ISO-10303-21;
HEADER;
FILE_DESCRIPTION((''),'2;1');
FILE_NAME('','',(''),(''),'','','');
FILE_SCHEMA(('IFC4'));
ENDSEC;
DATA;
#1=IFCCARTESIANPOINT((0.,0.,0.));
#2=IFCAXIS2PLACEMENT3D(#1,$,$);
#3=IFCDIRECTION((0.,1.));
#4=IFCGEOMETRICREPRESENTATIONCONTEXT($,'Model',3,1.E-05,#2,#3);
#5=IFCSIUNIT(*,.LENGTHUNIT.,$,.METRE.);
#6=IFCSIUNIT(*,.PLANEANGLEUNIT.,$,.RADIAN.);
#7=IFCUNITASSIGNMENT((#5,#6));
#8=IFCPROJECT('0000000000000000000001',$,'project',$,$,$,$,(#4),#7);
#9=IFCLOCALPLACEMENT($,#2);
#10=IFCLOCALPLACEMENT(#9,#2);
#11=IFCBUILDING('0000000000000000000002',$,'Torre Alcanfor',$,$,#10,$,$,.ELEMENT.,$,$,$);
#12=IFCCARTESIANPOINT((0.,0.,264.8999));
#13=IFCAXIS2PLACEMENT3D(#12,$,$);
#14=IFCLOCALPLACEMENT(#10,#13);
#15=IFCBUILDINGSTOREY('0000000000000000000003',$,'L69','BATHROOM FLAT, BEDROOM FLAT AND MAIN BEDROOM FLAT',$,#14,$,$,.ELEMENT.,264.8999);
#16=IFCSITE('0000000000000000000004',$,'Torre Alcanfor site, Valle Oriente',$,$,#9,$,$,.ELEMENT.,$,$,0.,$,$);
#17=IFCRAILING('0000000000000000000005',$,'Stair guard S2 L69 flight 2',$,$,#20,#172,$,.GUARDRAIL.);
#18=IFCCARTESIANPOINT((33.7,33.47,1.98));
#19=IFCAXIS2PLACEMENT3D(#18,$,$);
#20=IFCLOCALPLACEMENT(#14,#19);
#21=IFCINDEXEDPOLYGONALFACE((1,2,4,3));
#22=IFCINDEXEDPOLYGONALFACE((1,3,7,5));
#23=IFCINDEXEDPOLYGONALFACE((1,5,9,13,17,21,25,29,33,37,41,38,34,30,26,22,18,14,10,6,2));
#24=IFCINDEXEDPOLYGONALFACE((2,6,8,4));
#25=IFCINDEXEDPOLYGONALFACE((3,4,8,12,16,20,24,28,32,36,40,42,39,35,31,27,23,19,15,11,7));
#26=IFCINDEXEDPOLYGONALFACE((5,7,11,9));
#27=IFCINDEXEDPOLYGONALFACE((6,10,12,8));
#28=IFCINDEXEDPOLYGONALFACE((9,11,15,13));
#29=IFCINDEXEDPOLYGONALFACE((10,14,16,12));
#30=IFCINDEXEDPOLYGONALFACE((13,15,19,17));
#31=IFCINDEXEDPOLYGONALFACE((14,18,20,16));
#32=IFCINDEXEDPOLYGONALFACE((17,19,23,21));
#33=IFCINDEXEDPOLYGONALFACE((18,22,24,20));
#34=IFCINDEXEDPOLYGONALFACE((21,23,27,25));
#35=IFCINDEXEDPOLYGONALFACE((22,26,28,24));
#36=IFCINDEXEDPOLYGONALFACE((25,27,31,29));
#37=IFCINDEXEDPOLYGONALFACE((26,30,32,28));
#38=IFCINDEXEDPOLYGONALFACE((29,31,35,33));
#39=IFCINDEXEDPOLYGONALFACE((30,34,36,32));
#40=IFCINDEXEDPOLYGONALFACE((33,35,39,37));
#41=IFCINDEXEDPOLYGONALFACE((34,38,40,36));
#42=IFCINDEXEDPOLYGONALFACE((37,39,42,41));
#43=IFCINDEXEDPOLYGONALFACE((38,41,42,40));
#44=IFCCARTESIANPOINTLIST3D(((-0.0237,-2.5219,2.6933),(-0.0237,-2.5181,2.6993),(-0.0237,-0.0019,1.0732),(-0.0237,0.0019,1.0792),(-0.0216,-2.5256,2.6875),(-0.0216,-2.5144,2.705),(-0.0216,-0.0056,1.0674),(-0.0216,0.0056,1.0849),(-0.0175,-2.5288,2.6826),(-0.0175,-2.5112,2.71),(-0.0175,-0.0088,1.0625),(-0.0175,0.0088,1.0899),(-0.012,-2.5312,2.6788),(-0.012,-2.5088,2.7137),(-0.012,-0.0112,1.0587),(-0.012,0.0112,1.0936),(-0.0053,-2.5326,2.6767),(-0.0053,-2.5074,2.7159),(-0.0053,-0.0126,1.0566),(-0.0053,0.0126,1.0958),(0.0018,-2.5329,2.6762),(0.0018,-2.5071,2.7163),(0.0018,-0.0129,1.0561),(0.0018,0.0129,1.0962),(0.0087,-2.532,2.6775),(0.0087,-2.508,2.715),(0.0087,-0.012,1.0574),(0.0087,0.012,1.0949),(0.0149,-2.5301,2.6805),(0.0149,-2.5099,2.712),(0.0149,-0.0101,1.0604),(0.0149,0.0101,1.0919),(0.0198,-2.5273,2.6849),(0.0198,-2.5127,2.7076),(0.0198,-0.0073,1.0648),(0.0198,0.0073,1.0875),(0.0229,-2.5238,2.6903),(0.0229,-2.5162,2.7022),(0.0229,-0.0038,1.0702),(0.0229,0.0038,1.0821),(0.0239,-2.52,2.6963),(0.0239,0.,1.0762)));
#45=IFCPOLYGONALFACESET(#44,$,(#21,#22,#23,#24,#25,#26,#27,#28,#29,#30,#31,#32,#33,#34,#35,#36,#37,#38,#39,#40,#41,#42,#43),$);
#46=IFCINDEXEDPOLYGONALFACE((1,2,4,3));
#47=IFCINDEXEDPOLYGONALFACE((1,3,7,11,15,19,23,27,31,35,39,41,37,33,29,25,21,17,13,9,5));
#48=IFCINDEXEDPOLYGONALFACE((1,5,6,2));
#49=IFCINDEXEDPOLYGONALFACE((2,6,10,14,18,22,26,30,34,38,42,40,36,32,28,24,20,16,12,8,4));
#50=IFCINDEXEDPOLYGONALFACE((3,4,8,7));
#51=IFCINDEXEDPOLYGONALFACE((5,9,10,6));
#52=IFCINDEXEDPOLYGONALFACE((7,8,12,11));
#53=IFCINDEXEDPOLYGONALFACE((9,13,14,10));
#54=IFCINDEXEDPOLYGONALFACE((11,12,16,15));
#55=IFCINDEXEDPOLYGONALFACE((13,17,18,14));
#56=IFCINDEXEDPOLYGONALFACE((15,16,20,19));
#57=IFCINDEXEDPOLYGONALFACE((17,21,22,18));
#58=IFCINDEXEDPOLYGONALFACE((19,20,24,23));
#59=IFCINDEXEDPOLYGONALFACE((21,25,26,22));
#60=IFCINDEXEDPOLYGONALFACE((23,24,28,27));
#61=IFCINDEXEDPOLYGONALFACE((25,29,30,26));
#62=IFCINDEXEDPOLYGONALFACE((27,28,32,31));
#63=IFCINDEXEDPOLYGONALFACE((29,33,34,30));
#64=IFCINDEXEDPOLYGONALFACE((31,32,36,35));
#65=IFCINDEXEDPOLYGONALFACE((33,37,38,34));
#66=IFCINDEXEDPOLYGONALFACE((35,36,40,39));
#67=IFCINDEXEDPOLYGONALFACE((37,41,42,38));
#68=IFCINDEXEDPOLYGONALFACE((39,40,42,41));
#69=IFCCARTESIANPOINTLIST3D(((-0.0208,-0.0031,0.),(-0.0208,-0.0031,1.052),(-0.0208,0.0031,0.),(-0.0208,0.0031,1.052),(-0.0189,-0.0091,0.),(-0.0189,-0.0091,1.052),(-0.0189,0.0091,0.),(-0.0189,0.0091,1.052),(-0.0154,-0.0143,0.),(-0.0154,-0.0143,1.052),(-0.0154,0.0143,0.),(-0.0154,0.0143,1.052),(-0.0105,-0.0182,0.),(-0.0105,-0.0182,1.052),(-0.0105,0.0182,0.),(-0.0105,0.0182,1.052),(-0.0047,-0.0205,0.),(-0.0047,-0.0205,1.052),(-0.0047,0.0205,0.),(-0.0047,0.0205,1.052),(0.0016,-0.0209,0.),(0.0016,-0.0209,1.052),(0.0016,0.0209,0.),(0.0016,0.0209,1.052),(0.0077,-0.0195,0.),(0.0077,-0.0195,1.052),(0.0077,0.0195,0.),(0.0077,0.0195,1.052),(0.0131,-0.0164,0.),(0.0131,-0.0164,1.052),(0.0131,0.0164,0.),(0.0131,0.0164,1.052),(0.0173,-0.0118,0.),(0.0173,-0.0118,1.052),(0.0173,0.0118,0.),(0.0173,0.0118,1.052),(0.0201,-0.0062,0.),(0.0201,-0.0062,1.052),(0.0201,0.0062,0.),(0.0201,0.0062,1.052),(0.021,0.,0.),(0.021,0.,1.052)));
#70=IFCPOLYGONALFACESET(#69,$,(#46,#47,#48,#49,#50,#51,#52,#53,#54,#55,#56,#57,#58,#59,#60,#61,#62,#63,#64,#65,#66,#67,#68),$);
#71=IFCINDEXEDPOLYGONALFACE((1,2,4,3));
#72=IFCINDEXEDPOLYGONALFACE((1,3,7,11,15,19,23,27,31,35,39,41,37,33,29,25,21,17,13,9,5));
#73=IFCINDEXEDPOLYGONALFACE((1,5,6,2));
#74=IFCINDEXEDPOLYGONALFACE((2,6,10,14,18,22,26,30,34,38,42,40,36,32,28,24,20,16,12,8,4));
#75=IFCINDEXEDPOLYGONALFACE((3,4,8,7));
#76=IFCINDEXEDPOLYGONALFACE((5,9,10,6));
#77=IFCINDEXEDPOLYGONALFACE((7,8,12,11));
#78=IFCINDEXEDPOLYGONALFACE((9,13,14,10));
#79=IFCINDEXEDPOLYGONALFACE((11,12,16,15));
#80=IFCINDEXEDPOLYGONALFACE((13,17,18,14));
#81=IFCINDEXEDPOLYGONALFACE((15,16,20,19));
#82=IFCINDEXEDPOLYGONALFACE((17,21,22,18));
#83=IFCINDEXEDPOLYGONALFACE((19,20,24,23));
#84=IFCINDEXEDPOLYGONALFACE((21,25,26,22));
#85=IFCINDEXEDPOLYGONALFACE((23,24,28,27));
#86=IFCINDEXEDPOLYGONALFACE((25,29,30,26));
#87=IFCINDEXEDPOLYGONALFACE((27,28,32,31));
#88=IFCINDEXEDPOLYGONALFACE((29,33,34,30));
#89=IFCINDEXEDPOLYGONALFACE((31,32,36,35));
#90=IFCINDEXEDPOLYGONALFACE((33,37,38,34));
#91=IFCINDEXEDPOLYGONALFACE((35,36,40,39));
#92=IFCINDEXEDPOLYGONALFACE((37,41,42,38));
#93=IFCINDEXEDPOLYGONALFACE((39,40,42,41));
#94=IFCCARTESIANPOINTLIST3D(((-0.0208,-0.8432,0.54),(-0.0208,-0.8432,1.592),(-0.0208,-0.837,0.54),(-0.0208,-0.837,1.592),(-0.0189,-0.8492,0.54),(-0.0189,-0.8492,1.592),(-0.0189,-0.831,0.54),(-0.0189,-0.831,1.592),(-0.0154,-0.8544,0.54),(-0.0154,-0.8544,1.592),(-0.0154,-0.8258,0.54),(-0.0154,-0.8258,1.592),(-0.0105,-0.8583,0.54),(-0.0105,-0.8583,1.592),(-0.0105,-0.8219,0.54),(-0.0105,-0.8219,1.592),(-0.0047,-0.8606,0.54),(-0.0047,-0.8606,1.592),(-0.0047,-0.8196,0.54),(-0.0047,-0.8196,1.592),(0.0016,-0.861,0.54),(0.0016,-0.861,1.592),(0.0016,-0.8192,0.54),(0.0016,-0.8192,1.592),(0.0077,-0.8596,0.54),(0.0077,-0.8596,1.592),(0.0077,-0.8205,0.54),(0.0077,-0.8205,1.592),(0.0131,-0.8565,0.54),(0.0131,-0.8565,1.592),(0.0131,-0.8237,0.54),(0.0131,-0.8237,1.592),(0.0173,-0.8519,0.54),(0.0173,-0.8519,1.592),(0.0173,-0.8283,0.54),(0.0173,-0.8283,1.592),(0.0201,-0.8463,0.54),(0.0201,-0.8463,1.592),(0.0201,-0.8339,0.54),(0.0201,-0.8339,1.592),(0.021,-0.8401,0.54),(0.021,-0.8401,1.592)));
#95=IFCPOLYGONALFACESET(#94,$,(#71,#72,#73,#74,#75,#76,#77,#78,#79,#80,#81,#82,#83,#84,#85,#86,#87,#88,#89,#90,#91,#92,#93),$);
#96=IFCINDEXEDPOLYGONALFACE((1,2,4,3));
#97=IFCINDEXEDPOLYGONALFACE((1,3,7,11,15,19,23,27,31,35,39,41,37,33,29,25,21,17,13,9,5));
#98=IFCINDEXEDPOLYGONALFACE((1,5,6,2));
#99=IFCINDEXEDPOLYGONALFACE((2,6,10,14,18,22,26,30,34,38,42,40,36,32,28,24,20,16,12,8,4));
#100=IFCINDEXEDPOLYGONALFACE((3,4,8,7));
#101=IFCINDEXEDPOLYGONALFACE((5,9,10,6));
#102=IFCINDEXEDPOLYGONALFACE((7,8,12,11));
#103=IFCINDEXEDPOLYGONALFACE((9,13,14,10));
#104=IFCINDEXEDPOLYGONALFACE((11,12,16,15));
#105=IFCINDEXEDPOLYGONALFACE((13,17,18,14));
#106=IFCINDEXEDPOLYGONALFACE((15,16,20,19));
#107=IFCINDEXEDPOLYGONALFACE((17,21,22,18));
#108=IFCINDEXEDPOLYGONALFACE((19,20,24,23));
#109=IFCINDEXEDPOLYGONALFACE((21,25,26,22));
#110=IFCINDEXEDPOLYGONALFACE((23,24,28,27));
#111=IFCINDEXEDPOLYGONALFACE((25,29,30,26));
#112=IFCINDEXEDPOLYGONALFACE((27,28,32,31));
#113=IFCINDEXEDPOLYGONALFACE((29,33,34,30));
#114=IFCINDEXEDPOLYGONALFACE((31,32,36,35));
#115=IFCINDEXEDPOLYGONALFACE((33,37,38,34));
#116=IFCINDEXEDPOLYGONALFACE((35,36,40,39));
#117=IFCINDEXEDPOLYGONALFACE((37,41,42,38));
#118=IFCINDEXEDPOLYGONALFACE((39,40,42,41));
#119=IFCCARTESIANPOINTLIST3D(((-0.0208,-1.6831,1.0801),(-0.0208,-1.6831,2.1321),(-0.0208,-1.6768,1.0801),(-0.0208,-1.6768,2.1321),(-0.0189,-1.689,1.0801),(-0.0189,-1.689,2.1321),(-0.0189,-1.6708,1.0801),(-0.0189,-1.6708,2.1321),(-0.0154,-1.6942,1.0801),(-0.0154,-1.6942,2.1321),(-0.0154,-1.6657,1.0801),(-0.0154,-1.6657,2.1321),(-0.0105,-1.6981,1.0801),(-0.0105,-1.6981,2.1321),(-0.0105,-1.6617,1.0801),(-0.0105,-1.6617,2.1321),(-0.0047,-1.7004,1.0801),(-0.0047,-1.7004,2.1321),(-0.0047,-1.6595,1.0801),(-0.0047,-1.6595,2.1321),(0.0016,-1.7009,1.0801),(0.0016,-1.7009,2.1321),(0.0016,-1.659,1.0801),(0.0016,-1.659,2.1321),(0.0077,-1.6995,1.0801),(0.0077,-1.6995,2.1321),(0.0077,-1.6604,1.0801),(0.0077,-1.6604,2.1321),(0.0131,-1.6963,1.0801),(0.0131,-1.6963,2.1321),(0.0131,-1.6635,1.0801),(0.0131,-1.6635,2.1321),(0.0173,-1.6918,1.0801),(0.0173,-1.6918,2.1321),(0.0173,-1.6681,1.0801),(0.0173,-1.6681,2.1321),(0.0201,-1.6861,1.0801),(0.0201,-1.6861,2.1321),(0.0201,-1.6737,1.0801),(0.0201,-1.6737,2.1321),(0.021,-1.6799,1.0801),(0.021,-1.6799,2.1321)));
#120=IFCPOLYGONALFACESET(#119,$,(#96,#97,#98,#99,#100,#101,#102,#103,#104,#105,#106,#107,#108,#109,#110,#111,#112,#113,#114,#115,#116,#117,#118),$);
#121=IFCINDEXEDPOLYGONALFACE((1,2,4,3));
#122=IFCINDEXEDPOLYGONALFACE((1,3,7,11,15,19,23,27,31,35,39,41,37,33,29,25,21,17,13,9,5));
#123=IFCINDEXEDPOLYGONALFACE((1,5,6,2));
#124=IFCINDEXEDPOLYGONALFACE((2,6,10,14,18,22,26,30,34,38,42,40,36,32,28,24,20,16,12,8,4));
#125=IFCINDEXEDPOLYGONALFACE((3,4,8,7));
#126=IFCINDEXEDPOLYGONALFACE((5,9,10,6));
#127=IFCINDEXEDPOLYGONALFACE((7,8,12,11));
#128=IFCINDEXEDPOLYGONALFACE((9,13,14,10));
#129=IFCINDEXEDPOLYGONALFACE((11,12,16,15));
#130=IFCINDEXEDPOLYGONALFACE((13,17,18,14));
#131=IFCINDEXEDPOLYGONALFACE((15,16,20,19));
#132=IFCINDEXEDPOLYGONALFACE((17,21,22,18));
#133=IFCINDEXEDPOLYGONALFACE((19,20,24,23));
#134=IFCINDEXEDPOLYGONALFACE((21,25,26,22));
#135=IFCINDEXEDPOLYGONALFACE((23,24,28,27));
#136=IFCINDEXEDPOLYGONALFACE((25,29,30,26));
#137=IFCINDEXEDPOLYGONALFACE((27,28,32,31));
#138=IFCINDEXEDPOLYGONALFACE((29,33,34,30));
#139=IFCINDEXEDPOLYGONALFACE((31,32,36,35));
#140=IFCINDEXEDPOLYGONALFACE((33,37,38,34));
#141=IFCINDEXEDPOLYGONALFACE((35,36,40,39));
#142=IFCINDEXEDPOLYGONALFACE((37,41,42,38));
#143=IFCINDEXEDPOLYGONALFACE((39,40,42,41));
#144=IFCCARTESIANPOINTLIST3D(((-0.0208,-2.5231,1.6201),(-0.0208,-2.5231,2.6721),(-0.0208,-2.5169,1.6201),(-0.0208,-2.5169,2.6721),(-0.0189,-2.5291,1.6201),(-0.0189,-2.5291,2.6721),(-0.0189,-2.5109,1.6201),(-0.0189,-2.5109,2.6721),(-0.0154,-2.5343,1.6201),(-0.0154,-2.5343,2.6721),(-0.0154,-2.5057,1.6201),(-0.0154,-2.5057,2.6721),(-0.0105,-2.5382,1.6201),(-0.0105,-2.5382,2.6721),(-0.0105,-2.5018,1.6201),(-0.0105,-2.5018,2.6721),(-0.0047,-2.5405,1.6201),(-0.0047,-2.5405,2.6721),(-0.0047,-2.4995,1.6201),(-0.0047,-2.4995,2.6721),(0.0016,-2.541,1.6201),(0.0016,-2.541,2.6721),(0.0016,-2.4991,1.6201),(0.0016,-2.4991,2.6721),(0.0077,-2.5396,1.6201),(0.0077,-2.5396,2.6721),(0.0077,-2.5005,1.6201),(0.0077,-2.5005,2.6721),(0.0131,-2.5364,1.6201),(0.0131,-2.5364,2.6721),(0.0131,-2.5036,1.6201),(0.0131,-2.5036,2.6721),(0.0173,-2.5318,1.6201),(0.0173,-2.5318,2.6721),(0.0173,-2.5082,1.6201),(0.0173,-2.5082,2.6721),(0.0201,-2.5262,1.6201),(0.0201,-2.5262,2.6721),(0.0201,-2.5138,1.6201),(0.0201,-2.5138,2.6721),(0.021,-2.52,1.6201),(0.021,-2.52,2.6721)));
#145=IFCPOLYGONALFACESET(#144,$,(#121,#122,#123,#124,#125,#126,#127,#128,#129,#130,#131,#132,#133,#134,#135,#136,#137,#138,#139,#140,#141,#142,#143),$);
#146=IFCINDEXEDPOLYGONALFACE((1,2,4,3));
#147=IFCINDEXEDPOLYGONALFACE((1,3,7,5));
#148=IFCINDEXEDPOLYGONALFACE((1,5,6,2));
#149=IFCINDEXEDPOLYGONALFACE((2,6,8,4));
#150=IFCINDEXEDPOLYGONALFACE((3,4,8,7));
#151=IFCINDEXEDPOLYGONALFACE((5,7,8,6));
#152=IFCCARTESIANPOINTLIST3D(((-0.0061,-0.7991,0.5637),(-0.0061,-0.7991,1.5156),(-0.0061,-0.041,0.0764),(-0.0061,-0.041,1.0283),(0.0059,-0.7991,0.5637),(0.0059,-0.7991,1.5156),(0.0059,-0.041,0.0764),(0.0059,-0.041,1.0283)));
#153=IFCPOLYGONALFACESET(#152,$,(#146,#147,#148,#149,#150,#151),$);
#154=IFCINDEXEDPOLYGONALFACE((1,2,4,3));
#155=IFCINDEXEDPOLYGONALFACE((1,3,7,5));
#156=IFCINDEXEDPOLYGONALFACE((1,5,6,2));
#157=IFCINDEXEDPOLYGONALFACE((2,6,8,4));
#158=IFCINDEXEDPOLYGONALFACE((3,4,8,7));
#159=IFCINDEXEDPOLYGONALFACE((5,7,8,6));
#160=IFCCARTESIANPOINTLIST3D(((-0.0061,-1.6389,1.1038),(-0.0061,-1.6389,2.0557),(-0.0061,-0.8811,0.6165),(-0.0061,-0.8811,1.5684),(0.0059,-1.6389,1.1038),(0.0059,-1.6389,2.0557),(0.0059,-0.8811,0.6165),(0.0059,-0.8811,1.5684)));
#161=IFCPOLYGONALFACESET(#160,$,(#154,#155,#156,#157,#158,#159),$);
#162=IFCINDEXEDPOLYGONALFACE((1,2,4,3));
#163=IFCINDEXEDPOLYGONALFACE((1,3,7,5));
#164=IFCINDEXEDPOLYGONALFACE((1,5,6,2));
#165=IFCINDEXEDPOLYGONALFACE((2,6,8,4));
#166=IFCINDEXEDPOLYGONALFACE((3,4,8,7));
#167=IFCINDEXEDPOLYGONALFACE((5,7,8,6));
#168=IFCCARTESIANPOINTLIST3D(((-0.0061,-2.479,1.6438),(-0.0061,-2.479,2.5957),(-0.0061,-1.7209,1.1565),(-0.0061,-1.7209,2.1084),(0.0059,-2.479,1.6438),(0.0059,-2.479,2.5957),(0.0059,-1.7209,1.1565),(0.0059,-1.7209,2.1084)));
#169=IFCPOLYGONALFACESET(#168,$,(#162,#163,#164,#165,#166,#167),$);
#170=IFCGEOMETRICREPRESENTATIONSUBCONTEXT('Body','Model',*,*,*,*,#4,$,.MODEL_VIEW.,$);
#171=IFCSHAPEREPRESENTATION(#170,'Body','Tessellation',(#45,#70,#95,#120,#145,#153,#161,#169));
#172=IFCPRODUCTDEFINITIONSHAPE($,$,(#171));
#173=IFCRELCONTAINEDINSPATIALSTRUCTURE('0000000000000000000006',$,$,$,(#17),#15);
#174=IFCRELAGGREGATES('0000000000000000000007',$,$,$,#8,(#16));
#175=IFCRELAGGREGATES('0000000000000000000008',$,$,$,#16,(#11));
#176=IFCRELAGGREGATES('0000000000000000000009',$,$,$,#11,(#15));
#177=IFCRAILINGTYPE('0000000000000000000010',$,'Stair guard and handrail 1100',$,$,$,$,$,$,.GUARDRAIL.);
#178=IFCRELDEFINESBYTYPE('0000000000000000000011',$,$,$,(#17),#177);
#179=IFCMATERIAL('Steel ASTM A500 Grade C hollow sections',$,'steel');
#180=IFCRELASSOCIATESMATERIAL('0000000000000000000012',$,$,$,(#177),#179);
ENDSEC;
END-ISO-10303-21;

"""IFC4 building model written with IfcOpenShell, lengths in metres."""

from ifc_helpers import new_model, si_unit, direction, frame, origin, origin_2d, place, context, subcontext, project, spatial, polyline, circle, outline, extrude, material, type_object, element, save


model = new_model("IFC4")

# Units and contexts
model_context = context("Model", 3, precision=1e-05, world=origin(), true_north=direction((0.0, 1.0)))
body_context = subcontext(model_context, "Body", "Model", "MODEL_VIEW")
ifc_project = project(units=[si_unit("LENGTHUNIT", "METRE"), si_unit("PLANEANGLEUNIT", "RADIAN")], contexts=[model_context])

# Site, building, storey
site_placement = place(None, origin())
site = spatial("IfcSite", under=ifc_project, at=site_placement, Name="Torre Alcanfor site, Valle Oriente", CompositionType="ELEMENT", RefElevation=0.0)
building_placement = place(site_placement, origin())
building = spatial("IfcBuilding", under=site, at=building_placement, Name="Torre Alcanfor", CompositionType="ELEMENT")
storey_placement = place(building_placement, frame((0.0, 0.0, 264.8999)))
storey = spatial("IfcBuildingStorey", under=building, at=storey_placement, Name="L69", Description="BATHROOM FLAT, BEDROOM FLAT AND MAIN BEDROOM FLAT", CompositionType="ELEMENT", Elevation=264.8999)

# Railing
ifc_material_1 = material(Name="Steel ASTM A500 Grade C hollow sections", Category="steel")
railing_type_1 = type_object("IfcRailingType", Name="Stair guard and handrail 1100", PredefinedType="GUARDRAIL", material=ifc_material_1)
railing_1_placement = place(storey_placement, frame((33.7, 33.47, 1.98)))
element("IfcRailing", 1, at=railing_1_placement, inside=storey, type_object=railing_type_1, Name="Stair guard S2 L69 flight 2", PredefinedType="GUARDRAIL", context=body_context, shape_type="SweptSolid", body=[
    extrude(circle(Radius=0.0239, at=origin_2d()), frame((0.0, 0.0, 1.0762), z_axis=(0.0, -0.841163, 0.540782), x_axis=(1.0, 0.0, 0.0)), (0.0, 0.0, 1.0), 2.9958),
    extrude(circle(Radius=0.021, at=origin_2d()), origin(), (0.0, 0.0, 1.0), 1.052),
    extrude(circle(Radius=0.021, at=origin_2d()), frame((0.0, -0.8401, 0.54)), (0.0, 0.0, 1.0), 1.052),
    extrude(circle(Radius=0.021, at=origin_2d()), frame((0.0, -1.6799, 1.0801)), (0.0, 0.0, 1.0), 1.052),
    extrude(circle(Radius=0.021, at=origin_2d()), frame((0.0, -2.52, 1.6201)), (0.0, 0.0, 1.0), 1.052),
    extrude(outline(polyline([(0.041, 0.0764), (0.7991, 0.5637), (0.7991, 1.5156), (0.041, 1.0283), (0.041, 0.0764)])), frame((0.0059, 0.0, 0.0), z_axis=(-1.0, 0.0, 0.0), x_axis=(0.0, -1.0, 0.0)), (0.0, 0.0, 1.0), 0.012),
    extrude(outline(polyline([(0.8811, 0.6165), (1.6389, 1.1038), (1.6389, 2.0557), (0.8811, 1.5684), (0.8811, 0.6165)])), frame((0.0059, 0.0, 0.0), z_axis=(-1.0, 0.0, 0.0), x_axis=(0.0, -1.0, 0.0)), (0.0, 0.0, 1.0), 0.012),
    extrude(outline(polyline([(1.7209, 1.1565), (2.479, 1.6438), (2.479, 2.5957), (1.7209, 2.1084), (1.7209, 1.1565)])), frame((0.0059, 0.0, 0.0), z_axis=(-1.0, 0.0, 0.0), x_axis=(0.0, -1.0, 0.0)), (0.0, 0.0, 1.0), 0.012),
])

save(model, "model.ifc")
